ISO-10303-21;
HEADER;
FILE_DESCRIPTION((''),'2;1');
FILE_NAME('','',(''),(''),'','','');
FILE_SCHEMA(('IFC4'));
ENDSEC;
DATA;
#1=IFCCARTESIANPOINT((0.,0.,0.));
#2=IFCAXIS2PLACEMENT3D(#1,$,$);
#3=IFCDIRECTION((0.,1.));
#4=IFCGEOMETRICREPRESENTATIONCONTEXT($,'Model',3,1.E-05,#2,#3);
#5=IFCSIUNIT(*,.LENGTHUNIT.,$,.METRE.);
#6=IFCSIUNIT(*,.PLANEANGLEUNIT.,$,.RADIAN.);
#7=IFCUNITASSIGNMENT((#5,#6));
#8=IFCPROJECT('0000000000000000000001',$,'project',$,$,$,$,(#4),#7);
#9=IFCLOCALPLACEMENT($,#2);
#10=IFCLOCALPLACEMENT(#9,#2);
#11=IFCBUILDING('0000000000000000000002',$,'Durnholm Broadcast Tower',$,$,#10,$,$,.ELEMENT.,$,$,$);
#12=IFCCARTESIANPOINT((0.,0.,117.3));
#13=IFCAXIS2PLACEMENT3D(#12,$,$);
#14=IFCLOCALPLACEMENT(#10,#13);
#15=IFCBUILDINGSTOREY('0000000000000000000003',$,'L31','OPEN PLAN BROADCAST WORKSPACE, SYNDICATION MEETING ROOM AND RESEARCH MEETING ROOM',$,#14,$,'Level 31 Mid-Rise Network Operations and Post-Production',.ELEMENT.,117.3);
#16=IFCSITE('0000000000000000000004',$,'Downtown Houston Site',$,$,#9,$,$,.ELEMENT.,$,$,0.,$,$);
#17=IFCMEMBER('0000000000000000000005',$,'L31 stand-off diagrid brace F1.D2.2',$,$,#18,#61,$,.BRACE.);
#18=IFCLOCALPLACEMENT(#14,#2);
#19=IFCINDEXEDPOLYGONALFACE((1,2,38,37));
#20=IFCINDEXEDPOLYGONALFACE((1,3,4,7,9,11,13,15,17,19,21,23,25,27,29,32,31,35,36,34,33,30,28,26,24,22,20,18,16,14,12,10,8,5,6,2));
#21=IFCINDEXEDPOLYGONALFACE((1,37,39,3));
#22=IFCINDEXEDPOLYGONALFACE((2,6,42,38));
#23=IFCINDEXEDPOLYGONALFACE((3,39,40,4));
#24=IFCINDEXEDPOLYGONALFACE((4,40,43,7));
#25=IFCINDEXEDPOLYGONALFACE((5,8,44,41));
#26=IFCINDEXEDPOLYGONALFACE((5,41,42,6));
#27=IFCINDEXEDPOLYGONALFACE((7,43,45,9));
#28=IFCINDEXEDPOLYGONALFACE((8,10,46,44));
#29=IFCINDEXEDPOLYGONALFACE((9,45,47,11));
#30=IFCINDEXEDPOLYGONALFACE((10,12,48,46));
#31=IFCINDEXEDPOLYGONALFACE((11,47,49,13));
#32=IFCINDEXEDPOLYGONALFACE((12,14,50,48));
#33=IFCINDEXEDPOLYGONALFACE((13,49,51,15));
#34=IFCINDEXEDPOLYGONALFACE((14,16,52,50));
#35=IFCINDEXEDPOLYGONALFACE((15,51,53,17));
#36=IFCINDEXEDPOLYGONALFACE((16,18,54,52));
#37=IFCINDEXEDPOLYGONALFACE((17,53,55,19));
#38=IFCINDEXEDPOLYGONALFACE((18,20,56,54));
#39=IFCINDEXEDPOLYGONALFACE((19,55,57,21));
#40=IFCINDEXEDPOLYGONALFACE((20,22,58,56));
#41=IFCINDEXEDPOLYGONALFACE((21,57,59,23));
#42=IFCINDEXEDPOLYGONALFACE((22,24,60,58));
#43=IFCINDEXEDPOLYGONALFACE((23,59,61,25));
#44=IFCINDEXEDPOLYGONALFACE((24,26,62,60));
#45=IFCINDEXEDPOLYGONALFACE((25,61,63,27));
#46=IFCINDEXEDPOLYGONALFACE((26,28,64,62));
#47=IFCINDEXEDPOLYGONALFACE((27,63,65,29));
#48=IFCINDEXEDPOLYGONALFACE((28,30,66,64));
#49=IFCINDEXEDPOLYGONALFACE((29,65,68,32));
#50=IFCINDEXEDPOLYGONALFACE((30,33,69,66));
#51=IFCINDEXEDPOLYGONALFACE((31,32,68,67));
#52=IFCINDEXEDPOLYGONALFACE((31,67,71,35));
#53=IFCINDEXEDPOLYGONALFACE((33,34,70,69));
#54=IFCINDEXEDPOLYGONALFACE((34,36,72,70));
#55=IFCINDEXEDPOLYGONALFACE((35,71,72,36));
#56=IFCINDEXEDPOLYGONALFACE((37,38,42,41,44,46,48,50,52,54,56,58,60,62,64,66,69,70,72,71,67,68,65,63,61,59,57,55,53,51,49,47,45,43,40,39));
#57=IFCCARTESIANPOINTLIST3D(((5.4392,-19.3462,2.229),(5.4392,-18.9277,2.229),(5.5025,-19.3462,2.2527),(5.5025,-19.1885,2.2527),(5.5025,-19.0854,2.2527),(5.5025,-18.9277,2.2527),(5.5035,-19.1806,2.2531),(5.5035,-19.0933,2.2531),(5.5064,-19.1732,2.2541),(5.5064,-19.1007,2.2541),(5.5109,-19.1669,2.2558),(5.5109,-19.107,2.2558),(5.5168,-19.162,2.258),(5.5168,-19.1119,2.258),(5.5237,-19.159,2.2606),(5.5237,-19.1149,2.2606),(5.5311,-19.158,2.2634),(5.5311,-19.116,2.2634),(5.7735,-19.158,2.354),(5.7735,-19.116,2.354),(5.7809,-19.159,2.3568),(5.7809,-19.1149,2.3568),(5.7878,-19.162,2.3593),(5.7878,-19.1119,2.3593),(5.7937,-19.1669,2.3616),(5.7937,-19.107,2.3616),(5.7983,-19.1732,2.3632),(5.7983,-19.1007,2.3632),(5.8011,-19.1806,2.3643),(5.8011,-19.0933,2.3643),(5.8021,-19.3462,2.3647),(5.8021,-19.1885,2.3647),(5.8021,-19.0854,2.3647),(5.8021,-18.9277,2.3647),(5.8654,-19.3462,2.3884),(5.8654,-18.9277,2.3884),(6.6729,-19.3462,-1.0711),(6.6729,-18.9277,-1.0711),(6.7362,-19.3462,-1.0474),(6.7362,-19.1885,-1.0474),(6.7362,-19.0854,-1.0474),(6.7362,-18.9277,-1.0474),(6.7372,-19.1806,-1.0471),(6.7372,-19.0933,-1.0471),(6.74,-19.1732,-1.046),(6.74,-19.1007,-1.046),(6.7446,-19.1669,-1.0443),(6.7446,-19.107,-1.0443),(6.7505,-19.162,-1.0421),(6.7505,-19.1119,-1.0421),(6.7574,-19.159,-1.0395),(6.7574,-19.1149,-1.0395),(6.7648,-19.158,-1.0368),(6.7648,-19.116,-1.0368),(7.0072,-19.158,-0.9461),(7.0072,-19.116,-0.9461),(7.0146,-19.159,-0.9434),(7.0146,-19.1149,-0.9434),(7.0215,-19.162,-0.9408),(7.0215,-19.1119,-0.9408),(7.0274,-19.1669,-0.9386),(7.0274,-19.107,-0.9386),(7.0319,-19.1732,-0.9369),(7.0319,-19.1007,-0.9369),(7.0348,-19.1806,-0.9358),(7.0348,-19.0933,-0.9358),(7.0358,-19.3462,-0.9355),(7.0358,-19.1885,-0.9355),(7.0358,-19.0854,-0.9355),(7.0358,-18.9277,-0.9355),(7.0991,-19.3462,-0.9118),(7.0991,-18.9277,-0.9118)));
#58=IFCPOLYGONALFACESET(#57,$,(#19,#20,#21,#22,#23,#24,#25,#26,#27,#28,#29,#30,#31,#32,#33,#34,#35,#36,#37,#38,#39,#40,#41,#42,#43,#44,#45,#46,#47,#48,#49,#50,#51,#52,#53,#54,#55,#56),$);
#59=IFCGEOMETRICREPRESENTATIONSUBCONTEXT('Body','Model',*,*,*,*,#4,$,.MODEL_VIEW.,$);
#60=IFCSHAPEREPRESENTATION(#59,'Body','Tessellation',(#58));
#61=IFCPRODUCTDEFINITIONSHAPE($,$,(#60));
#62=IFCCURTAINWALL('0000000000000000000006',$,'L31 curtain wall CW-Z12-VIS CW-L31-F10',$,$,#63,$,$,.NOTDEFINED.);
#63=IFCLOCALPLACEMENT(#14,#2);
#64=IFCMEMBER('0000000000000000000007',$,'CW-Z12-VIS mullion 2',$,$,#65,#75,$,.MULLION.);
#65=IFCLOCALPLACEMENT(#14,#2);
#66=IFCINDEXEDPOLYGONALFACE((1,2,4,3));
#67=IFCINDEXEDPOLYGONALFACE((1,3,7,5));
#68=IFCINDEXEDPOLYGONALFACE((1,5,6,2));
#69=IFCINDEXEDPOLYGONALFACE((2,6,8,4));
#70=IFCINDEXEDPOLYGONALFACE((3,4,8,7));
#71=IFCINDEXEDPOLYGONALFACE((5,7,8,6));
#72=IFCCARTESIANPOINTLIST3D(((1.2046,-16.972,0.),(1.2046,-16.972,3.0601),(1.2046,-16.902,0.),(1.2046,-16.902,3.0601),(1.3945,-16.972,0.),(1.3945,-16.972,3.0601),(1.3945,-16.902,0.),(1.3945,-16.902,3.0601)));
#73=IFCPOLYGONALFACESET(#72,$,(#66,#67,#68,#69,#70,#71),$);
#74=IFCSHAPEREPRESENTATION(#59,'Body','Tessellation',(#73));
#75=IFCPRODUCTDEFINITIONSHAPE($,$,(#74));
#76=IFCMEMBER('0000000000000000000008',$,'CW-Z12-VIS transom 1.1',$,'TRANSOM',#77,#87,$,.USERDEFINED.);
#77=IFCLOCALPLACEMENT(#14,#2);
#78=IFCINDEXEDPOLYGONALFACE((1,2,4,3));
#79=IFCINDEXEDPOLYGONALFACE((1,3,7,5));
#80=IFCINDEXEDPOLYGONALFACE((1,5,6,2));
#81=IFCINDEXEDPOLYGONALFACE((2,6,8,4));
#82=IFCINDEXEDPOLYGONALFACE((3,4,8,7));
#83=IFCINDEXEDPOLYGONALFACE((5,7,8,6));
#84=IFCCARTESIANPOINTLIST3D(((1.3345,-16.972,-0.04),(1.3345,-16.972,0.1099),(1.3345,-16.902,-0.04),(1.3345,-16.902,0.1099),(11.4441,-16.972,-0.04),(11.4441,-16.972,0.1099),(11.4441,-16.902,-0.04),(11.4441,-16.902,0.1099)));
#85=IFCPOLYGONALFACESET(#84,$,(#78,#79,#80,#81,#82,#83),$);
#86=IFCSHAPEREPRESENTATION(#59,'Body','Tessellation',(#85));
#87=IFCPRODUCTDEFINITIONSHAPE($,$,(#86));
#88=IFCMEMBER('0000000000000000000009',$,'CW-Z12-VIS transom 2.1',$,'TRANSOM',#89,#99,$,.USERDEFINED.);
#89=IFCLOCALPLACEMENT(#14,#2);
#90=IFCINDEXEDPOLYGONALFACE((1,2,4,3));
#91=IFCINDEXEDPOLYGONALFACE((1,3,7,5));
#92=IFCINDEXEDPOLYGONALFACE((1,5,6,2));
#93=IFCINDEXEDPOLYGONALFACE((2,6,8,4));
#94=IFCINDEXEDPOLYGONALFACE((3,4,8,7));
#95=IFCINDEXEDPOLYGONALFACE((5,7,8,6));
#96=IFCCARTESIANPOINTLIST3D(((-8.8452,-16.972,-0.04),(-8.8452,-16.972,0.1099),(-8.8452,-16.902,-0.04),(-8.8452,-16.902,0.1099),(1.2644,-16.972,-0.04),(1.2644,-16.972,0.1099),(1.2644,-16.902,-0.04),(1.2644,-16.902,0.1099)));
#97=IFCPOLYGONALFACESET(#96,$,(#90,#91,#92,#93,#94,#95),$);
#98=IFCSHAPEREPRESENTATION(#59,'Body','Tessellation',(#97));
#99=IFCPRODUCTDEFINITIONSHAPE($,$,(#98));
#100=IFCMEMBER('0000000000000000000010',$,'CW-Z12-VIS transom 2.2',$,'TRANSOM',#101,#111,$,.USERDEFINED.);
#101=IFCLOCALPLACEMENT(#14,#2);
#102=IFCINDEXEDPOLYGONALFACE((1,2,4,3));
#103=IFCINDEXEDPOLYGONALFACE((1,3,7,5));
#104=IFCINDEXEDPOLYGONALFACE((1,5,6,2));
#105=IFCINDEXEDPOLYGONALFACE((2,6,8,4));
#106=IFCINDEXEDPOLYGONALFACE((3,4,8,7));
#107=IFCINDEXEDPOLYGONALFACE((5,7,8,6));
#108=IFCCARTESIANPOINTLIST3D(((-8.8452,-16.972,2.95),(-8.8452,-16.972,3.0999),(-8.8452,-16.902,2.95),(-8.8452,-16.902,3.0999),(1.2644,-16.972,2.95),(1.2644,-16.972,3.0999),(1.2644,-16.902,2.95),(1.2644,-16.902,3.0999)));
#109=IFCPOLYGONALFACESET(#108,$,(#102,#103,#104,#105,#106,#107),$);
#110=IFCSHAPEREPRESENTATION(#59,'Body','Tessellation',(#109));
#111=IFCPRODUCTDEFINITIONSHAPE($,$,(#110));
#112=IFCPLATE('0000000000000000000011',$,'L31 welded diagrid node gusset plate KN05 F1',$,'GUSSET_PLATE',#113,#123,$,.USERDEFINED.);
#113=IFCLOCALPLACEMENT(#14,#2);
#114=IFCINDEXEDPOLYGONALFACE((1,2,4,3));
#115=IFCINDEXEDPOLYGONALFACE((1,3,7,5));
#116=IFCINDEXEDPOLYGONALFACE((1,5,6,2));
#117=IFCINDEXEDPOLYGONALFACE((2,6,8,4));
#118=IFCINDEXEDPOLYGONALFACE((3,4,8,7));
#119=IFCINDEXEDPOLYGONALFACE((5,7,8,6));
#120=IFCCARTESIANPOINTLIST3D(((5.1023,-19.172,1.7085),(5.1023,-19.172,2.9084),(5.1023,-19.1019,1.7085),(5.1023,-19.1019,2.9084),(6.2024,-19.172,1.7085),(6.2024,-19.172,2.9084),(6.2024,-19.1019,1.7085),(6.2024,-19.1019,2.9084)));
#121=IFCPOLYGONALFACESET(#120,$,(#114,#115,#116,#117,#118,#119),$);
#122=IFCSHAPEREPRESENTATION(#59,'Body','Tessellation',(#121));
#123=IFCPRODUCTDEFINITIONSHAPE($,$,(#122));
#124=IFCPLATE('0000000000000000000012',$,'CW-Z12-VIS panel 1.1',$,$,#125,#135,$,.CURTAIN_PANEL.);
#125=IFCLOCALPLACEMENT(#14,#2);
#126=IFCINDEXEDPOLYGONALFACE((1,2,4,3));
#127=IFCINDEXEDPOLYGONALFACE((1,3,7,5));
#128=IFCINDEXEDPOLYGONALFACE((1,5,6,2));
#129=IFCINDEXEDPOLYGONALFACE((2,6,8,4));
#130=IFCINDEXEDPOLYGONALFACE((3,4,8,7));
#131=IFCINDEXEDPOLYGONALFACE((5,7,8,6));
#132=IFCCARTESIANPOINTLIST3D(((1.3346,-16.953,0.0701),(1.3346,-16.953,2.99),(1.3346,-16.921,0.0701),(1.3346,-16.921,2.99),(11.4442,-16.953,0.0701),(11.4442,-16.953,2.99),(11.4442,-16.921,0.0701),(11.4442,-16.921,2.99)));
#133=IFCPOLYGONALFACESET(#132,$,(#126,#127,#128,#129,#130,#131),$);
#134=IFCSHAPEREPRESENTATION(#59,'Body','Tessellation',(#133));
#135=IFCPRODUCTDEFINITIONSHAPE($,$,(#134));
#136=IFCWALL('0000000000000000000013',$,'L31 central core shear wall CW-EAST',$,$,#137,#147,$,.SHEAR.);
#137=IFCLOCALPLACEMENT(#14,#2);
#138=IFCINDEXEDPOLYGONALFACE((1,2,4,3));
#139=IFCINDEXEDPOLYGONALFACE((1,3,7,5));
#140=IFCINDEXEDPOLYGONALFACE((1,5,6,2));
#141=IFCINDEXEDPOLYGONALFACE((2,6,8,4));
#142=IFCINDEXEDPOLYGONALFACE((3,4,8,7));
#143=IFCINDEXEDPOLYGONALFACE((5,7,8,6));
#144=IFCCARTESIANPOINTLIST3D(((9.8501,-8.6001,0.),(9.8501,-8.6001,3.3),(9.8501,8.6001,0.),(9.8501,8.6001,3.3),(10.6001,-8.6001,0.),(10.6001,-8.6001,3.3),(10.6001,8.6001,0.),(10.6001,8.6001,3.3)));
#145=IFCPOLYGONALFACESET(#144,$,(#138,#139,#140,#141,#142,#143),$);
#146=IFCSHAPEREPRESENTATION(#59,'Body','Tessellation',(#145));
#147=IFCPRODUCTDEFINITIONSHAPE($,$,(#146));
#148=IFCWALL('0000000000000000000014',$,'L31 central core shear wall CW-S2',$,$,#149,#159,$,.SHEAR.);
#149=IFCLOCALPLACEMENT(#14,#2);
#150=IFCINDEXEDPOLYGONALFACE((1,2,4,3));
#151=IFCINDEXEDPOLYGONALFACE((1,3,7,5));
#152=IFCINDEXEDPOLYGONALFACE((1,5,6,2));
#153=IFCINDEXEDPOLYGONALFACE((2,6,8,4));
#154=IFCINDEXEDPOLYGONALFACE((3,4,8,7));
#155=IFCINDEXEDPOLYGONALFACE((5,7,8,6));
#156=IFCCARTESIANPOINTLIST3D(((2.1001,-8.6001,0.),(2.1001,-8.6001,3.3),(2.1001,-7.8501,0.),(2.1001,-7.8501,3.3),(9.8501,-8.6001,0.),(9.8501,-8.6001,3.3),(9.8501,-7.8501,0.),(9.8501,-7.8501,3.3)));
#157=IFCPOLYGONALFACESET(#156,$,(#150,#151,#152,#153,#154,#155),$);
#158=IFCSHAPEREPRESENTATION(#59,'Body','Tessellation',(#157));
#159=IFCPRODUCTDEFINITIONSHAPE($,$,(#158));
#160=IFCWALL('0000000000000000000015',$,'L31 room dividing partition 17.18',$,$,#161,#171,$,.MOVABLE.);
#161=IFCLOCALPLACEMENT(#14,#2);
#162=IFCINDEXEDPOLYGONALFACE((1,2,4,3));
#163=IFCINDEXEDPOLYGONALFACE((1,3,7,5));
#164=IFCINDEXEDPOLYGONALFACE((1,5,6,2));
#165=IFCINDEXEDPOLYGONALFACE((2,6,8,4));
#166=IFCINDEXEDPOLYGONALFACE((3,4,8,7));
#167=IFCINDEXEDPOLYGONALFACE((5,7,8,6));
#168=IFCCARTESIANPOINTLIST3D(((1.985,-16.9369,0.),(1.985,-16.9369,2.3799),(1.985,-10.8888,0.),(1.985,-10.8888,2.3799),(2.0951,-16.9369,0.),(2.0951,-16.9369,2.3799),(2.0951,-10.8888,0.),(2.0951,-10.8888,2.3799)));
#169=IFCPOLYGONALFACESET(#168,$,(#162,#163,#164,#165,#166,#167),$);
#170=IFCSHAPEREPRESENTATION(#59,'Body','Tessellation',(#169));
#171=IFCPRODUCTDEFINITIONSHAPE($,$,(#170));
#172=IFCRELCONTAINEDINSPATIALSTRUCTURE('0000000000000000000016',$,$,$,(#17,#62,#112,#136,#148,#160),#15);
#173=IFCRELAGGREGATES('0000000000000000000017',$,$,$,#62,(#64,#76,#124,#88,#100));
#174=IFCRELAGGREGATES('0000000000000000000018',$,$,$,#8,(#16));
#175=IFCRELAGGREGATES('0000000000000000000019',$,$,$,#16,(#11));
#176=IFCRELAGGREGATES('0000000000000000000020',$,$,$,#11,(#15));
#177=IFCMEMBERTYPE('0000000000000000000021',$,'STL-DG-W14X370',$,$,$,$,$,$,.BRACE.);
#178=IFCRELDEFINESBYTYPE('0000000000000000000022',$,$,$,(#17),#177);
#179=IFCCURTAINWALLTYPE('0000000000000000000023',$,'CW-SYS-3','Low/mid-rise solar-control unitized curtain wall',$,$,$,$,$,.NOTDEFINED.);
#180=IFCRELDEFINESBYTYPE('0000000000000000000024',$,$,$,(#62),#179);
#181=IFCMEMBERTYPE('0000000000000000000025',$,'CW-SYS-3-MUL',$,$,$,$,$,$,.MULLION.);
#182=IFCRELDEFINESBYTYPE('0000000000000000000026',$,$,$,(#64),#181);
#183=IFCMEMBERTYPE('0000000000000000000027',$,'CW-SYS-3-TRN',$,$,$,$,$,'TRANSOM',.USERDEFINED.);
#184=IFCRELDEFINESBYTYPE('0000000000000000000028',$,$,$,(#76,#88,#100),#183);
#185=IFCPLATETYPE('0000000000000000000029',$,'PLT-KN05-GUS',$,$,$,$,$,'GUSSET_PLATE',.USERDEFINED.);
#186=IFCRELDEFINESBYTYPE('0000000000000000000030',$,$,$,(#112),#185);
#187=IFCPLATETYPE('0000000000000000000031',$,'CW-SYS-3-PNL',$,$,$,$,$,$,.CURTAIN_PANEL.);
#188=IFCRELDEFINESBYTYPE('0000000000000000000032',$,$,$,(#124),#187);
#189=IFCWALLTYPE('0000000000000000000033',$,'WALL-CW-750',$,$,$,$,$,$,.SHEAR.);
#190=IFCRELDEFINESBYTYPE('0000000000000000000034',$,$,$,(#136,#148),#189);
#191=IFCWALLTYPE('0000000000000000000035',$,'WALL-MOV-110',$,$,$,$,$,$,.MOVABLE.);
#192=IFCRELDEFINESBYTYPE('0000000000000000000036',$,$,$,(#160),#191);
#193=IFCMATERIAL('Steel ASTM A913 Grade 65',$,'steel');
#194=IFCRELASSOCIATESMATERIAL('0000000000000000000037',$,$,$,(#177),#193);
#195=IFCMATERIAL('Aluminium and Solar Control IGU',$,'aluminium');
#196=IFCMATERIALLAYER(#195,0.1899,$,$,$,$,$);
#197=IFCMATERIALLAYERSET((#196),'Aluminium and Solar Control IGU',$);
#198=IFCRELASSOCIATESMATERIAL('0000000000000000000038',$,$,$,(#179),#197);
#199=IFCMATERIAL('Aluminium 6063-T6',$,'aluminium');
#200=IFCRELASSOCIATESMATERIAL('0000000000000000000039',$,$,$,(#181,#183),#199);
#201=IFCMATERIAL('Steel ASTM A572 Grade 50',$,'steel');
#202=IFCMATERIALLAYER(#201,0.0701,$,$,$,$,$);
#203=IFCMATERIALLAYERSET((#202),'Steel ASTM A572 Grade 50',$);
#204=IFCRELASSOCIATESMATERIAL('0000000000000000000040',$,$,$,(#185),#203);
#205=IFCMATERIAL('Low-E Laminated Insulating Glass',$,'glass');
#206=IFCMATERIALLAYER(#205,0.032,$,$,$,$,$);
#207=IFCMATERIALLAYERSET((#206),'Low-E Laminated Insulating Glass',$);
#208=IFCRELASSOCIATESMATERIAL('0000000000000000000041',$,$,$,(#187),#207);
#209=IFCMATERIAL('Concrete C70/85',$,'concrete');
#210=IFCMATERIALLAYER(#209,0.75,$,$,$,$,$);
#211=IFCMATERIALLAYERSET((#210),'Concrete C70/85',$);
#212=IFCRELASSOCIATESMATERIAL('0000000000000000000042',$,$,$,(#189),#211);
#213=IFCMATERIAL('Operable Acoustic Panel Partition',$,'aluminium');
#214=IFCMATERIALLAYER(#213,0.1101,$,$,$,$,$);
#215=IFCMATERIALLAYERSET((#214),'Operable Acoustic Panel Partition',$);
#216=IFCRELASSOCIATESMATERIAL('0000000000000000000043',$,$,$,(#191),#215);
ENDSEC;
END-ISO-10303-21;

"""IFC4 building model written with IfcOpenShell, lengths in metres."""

from ifc_helpers import new_model, si_unit, direction, frame, frame_2d, origin, origin_2d, place, context, subcontext, project, spatial, rectangle, i_section, extrude, source, transform, mapped, material, layer, layer_set, material_profile, profile_set, type_object, type_shapes, element, aggregate, save


model = new_model("IFC4")

# Units and contexts
model_context = context("Model", 3, precision=1e-05, world=origin(), true_north=direction((0.0, 1.0)))
body_context = subcontext(model_context, "Body", "Model", "MODEL_VIEW")
ifc_project = project(units=[si_unit("LENGTHUNIT", "METRE"), si_unit("PLANEANGLEUNIT", "RADIAN")], contexts=[model_context])

# Site, building, storey
site_placement = place(None, origin())
site = spatial("IfcSite", under=ifc_project, at=site_placement, Name="Downtown Houston Site", CompositionType="ELEMENT", RefElevation=0.0)
building_placement = place(site_placement, origin())
building = spatial("IfcBuilding", under=site, at=building_placement, Name="Durnholm Broadcast Tower", CompositionType="ELEMENT")
storey_placement = place(building_placement, frame((0.0, 0.0, 117.3)))
storey = spatial("IfcBuildingStorey", under=building, at=storey_placement, Name="L31", Description="OPEN PLAN BROADCAST WORKSPACE, SYNDICATION MEETING ROOM AND RESEARCH MEETING ROOM", LongName="Level 31 Mid-Rise Network Operations and Post-Production", CompositionType="ELEMENT", Elevation=117.3)

# Shared definitions
ifc_material_1 = material(Name="Concrete C70/85", Category="concrete")

# Member
ifc_material_2 = material(Name="Steel ASTM A913 Grade 65", Category="steel")
ifc_material_profile_1 = material_profile(ifc_material_2, i_section(OverallWidth=0.4185, OverallDepth=0.4551, WebThickness=0.042, FlangeThickness=0.0676, FilletRadius=0.0305, at=origin_2d()), Name="W14X370")
ifc_profile_set_1 = profile_set([ifc_material_profile_1], Name="Steel ASTM A913 Grade 65")
member_type_1 = type_object("IfcMemberType", Name="STL-DG-W14X370", PredefinedType="BRACE", material=ifc_profile_set_1)
shared_shape_1 = source(origin(), body_context, "Body", "SweptSolid", [
    extrude(i_section(OverallWidth=0.4185, OverallDepth=0.4551, WebThickness=0.042, FlangeThickness=0.0676, FilletRadius=0.0305, at=origin_2d()), origin(), (0.0, 0.0, 1.0), 3.5232),
])
type_shapes(member_type_1, [shared_shape_1])
for number, where, z_axis, x_axis, name in (
    (1, (6.886, -19.137, -0.9915), (-0.350159, 0.0, 0.93669), (0.0, -1.0, 0.0), "L31 stand-off diagrid brace F1.D2.2"),
):
    element("IfcMember", number, at=place(storey_placement, frame(where, z_axis=z_axis, x_axis=x_axis)), inside=storey, type_object=member_type_1, Name=name, PredefinedType="BRACE", context=body_context, shape_type="MappedRepresentation", body=[
        mapped(shared_shape_1, transform((0.0, 0.0, 0.0), x_axis=(1.0, 0.0, 0.0), y_axis=(0.0, 1.0, 0.0), z_axis=(0.0, 0.0, 1.0), scale=1.0)),
    ])

# Curtain wall, members
ifc_material_3 = material(Name="Aluminium and Solar Control IGU", Category="aluminium")
ifc_layer_1 = layer(ifc_material_3, 0.1899)
ifc_layer_set_1 = layer_set([ifc_layer_1], Name="Aluminium and Solar Control IGU")
curtain_wall_type = type_object("IfcCurtainWallType", Name="CW-SYS-3", Description="Low/mid-rise solar-control unitized curtain wall", PredefinedType="NOTDEFINED", material=ifc_layer_set_1)
curtain_wall_placement = place(storey_placement, origin())
curtain_wall = element("IfcCurtainWall", 2, at=curtain_wall_placement, inside=storey, type_object=curtain_wall_type, Name="L31 curtain wall CW-Z12-VIS CW-L31-F10", PredefinedType="NOTDEFINED")
ifc_material_4 = material(Name="Aluminium 6063-T6", Category="aluminium")
ifc_material_profile_2 = material_profile(ifc_material_4, rectangle(XDim=0.0701, YDim=0.1899, at=origin_2d()), Name="CWM70X190")
ifc_profile_set_2 = profile_set([ifc_material_profile_2], Name="Aluminium 6063-T6")
member_type_2 = type_object("IfcMemberType", Name="CW-SYS-3-MUL", PredefinedType="MULLION", material=ifc_profile_set_2)
shared_shape_2 = source(origin(), body_context, "Body", "SweptSolid", [
    extrude(rectangle(XDim=0.0701, YDim=0.1899, at=origin_2d()), origin(), (0.0, 0.0, 1.0), 3.0601),
])
type_shapes(member_type_2, [shared_shape_2])
member_1_placement = place(storey_placement, frame((1.2996, -16.937, 0.0), z_axis=(0.0, 0.0, 1.0), x_axis=(0.0, -1.0, 0.0)))
member_1 = element("IfcMember", 3, at=member_1_placement, type_object=member_type_2, Name="CW-Z12-VIS mullion 2", PredefinedType="MULLION", context=body_context, shape_type="MappedRepresentation", body=[
    mapped(shared_shape_2, transform((0.0, 0.0, 0.0), x_axis=(1.0, 0.0, 0.0), y_axis=(0.0, 1.0, 0.0), z_axis=(0.0, 0.0, 1.0), scale=1.0)),
])
ifc_material_profile_3 = material_profile(ifc_material_4, rectangle(XDim=0.0701, YDim=0.1499, at=origin_2d()), Name="CWT70X150")
ifc_profile_set_3 = profile_set([ifc_material_profile_3], Name="Aluminium 6063-T6")
member_type_3 = type_object("IfcMemberType", Name="CW-SYS-3-TRN", ElementType="TRANSOM", PredefinedType="USERDEFINED", material=ifc_profile_set_3)
shared_shape_3 = source(origin(), body_context, "Body", "SweptSolid", [
    extrude(rectangle(XDim=0.0701, YDim=0.1499, at=origin_2d()), origin(), (0.0, 0.0, 1.0), 10.1096),
])
type_shapes(member_type_3, [shared_shape_3])
member_2_placement = place(storey_placement, frame((11.4441, -16.937, 0.0349), z_axis=(-1.0, 0.0, 0.0), x_axis=(0.0, -1.0, 0.0)))
member_2 = element("IfcMember", 4, at=member_2_placement, type_object=member_type_3, Name="CW-Z12-VIS transom 1.1", ObjectType="TRANSOM", PredefinedType="USERDEFINED", context=body_context, shape_type="MappedRepresentation", body=[
    mapped(shared_shape_3, transform((0.0, 0.0, 0.0), x_axis=(1.0, 0.0, 0.0), y_axis=(0.0, 1.0, 0.0), z_axis=(0.0, 0.0, 1.0), scale=1.0)),
])
member_3_placement = place(storey_placement, frame((1.2644, -16.937, 0.0349), z_axis=(-1.0, 0.0, 0.0), x_axis=(0.0, -1.0, 0.0)))
member_3 = element("IfcMember", 5, at=member_3_placement, type_object=member_type_3, Name="CW-Z12-VIS transom 2.1", ObjectType="TRANSOM", PredefinedType="USERDEFINED", context=body_context, shape_type="MappedRepresentation", body=[
    mapped(shared_shape_3, transform((0.0, 0.0, 0.0), x_axis=(1.0, 0.0, 0.0), y_axis=(0.0, 1.0, 0.0), z_axis=(0.0, 0.0, 1.0), scale=1.0)),
])
member_4_placement = place(storey_placement, frame((1.2644, -16.937, 3.0249), z_axis=(-1.0, 0.0, 0.0), x_axis=(0.0, -1.0, 0.0)))
member_4 = element("IfcMember", 6, at=member_4_placement, type_object=member_type_3, Name="CW-Z12-VIS transom 2.2", ObjectType="TRANSOM", PredefinedType="USERDEFINED", context=body_context, shape_type="MappedRepresentation", body=[
    mapped(shared_shape_3, transform((0.0, 0.0, 0.0), x_axis=(1.0, 0.0, 0.0), y_axis=(0.0, 1.0, 0.0), z_axis=(0.0, 0.0, 1.0), scale=1.0)),
])

# Plates
ifc_material_5 = material(Name="Steel ASTM A572 Grade 50", Category="steel")
ifc_layer_2 = layer(ifc_material_5, 0.0701)
ifc_layer_set_2 = layer_set([ifc_layer_2], Name="Steel ASTM A572 Grade 50")
plate_type_1 = type_object("IfcPlateType", Name="PLT-KN05-GUS", ElementType="GUSSET_PLATE", PredefinedType="USERDEFINED", material=ifc_layer_set_2)
shared_shape_4 = source(origin(), body_context, "Body", "SweptSolid", [
    extrude(rectangle(XDim=1.1001, YDim=0.0701, at=origin_2d()), origin(), (0.0, 0.0, 1.0), 1.2),
])
type_shapes(plate_type_1, [shared_shape_4])
plate_1_placement = place(storey_placement, frame((5.6523, -19.137, 1.7085), z_axis=(0.0, 0.0, 1.0), x_axis=(1.0, 0.0, 0.0)))
element("IfcPlate", 7, at=plate_1_placement, inside=storey, type_object=plate_type_1, Name="L31 welded diagrid node gusset plate KN05 F1", ObjectType="GUSSET_PLATE", PredefinedType="USERDEFINED", context=body_context, shape_type="MappedRepresentation", body=[
    mapped(shared_shape_4, transform((0.0, 0.0, 0.0), x_axis=(1.0, 0.0, 0.0), y_axis=(0.0, 1.0, 0.0), z_axis=(0.0, 0.0, 1.0), scale=1.0)),
])
ifc_material_6 = material(Name="Low-E Laminated Insulating Glass", Category="glass")
ifc_layer_3 = layer(ifc_material_6, 0.032)
ifc_layer_set_3 = layer_set([ifc_layer_3], Name="Low-E Laminated Insulating Glass")
plate_type_2 = type_object("IfcPlateType", Name="CW-SYS-3-PNL", PredefinedType="CURTAIN_PANEL", material=ifc_layer_set_3)
shared_shape_5 = source(origin(), body_context, "Body", "SweptSolid", [
    extrude(rectangle(XDim=10.1096, YDim=0.032, at=origin_2d()), origin(), (0.0, 0.0, 1.0), 2.9199),
])
type_shapes(plate_type_2, [shared_shape_5])
plate_2_placement = place(storey_placement, frame((6.3894, -16.937, 0.0701), z_axis=(0.0, 0.0, 1.0), x_axis=(-1.0, 0.0, 0.0)))
plate_2 = element("IfcPlate", 8, at=plate_2_placement, type_object=plate_type_2, Name="CW-Z12-VIS panel 1.1", PredefinedType="CURTAIN_PANEL", context=body_context, shape_type="MappedRepresentation", body=[
    mapped(shared_shape_5, transform((0.0, 0.0, 0.0), x_axis=(1.0, 0.0, 0.0), y_axis=(0.0, 1.0, 0.0), z_axis=(0.0, 0.0, 1.0), scale=1.0)),
])
aggregate(curtain_wall, [member_1, member_2, plate_2, member_3, member_4])

# Walls
ifc_layer_4 = layer(ifc_material_1, 0.75)
ifc_layer_set_4 = layer_set([ifc_layer_4], Name="Concrete C70/85")
wall_type_1 = type_object("IfcWallType", Name="WALL-CW-750", PredefinedType="SHEAR", material=ifc_layer_set_4)
wall_1_placement = place(storey_placement, frame((10.2251, -8.6001, 0.0), z_axis=(0.0, 0.0, 1.0), x_axis=(0.0, 1.0, 0.0)))
element("IfcWall", 9, at=wall_1_placement, inside=storey, type_object=wall_type_1, Name="L31 central core shear wall CW-EAST", PredefinedType="SHEAR", context=body_context, shape_type="SweptSolid", body=[
    extrude(rectangle(XDim=17.2002, YDim=0.75, at=frame_2d((8.6001, 0.0))), origin(), (0.0, 0.0, 1.0), 3.3),
])
wall_2_placement = place(storey_placement, frame((2.1001, -8.2251, 0.0), z_axis=(0.0, 0.0, 1.0), x_axis=(1.0, 0.0, 0.0)))
element("IfcWall", 10, at=wall_2_placement, inside=storey, type_object=wall_type_1, Name="L31 central core shear wall CW-S2", PredefinedType="SHEAR", context=body_context, shape_type="SweptSolid", body=[
    extrude(rectangle(XDim=7.75, YDim=0.75, at=frame_2d((3.875, 0.0))), origin(), (0.0, 0.0, 1.0), 3.3),
])
ifc_material_7 = material(Name="Operable Acoustic Panel Partition", Category="aluminium")
ifc_layer_5 = layer(ifc_material_7, 0.1101)
ifc_layer_set_5 = layer_set([ifc_layer_5], Name="Operable Acoustic Panel Partition")
wall_type_2 = type_object("IfcWallType", Name="WALL-MOV-110", PredefinedType="MOVABLE", material=ifc_layer_set_5)
wall_3_placement = place(storey_placement, frame((2.04, -10.8889, 0.0), z_axis=(0.0, 0.0, 1.0), x_axis=(0.0, -1.0, 0.0)))
element("IfcWall", 11, at=wall_3_placement, inside=storey, type_object=wall_type_2, Name="L31 room dividing partition 17.18", PredefinedType="MOVABLE", context=body_context, shape_type="SweptSolid", body=[
    extrude(rectangle(XDim=6.0481, YDim=0.1101, at=frame_2d((3.0239, 0.0))), origin(), (0.0, 0.0, 1.0), 2.3799),
])

save(model, "model.ifc")
